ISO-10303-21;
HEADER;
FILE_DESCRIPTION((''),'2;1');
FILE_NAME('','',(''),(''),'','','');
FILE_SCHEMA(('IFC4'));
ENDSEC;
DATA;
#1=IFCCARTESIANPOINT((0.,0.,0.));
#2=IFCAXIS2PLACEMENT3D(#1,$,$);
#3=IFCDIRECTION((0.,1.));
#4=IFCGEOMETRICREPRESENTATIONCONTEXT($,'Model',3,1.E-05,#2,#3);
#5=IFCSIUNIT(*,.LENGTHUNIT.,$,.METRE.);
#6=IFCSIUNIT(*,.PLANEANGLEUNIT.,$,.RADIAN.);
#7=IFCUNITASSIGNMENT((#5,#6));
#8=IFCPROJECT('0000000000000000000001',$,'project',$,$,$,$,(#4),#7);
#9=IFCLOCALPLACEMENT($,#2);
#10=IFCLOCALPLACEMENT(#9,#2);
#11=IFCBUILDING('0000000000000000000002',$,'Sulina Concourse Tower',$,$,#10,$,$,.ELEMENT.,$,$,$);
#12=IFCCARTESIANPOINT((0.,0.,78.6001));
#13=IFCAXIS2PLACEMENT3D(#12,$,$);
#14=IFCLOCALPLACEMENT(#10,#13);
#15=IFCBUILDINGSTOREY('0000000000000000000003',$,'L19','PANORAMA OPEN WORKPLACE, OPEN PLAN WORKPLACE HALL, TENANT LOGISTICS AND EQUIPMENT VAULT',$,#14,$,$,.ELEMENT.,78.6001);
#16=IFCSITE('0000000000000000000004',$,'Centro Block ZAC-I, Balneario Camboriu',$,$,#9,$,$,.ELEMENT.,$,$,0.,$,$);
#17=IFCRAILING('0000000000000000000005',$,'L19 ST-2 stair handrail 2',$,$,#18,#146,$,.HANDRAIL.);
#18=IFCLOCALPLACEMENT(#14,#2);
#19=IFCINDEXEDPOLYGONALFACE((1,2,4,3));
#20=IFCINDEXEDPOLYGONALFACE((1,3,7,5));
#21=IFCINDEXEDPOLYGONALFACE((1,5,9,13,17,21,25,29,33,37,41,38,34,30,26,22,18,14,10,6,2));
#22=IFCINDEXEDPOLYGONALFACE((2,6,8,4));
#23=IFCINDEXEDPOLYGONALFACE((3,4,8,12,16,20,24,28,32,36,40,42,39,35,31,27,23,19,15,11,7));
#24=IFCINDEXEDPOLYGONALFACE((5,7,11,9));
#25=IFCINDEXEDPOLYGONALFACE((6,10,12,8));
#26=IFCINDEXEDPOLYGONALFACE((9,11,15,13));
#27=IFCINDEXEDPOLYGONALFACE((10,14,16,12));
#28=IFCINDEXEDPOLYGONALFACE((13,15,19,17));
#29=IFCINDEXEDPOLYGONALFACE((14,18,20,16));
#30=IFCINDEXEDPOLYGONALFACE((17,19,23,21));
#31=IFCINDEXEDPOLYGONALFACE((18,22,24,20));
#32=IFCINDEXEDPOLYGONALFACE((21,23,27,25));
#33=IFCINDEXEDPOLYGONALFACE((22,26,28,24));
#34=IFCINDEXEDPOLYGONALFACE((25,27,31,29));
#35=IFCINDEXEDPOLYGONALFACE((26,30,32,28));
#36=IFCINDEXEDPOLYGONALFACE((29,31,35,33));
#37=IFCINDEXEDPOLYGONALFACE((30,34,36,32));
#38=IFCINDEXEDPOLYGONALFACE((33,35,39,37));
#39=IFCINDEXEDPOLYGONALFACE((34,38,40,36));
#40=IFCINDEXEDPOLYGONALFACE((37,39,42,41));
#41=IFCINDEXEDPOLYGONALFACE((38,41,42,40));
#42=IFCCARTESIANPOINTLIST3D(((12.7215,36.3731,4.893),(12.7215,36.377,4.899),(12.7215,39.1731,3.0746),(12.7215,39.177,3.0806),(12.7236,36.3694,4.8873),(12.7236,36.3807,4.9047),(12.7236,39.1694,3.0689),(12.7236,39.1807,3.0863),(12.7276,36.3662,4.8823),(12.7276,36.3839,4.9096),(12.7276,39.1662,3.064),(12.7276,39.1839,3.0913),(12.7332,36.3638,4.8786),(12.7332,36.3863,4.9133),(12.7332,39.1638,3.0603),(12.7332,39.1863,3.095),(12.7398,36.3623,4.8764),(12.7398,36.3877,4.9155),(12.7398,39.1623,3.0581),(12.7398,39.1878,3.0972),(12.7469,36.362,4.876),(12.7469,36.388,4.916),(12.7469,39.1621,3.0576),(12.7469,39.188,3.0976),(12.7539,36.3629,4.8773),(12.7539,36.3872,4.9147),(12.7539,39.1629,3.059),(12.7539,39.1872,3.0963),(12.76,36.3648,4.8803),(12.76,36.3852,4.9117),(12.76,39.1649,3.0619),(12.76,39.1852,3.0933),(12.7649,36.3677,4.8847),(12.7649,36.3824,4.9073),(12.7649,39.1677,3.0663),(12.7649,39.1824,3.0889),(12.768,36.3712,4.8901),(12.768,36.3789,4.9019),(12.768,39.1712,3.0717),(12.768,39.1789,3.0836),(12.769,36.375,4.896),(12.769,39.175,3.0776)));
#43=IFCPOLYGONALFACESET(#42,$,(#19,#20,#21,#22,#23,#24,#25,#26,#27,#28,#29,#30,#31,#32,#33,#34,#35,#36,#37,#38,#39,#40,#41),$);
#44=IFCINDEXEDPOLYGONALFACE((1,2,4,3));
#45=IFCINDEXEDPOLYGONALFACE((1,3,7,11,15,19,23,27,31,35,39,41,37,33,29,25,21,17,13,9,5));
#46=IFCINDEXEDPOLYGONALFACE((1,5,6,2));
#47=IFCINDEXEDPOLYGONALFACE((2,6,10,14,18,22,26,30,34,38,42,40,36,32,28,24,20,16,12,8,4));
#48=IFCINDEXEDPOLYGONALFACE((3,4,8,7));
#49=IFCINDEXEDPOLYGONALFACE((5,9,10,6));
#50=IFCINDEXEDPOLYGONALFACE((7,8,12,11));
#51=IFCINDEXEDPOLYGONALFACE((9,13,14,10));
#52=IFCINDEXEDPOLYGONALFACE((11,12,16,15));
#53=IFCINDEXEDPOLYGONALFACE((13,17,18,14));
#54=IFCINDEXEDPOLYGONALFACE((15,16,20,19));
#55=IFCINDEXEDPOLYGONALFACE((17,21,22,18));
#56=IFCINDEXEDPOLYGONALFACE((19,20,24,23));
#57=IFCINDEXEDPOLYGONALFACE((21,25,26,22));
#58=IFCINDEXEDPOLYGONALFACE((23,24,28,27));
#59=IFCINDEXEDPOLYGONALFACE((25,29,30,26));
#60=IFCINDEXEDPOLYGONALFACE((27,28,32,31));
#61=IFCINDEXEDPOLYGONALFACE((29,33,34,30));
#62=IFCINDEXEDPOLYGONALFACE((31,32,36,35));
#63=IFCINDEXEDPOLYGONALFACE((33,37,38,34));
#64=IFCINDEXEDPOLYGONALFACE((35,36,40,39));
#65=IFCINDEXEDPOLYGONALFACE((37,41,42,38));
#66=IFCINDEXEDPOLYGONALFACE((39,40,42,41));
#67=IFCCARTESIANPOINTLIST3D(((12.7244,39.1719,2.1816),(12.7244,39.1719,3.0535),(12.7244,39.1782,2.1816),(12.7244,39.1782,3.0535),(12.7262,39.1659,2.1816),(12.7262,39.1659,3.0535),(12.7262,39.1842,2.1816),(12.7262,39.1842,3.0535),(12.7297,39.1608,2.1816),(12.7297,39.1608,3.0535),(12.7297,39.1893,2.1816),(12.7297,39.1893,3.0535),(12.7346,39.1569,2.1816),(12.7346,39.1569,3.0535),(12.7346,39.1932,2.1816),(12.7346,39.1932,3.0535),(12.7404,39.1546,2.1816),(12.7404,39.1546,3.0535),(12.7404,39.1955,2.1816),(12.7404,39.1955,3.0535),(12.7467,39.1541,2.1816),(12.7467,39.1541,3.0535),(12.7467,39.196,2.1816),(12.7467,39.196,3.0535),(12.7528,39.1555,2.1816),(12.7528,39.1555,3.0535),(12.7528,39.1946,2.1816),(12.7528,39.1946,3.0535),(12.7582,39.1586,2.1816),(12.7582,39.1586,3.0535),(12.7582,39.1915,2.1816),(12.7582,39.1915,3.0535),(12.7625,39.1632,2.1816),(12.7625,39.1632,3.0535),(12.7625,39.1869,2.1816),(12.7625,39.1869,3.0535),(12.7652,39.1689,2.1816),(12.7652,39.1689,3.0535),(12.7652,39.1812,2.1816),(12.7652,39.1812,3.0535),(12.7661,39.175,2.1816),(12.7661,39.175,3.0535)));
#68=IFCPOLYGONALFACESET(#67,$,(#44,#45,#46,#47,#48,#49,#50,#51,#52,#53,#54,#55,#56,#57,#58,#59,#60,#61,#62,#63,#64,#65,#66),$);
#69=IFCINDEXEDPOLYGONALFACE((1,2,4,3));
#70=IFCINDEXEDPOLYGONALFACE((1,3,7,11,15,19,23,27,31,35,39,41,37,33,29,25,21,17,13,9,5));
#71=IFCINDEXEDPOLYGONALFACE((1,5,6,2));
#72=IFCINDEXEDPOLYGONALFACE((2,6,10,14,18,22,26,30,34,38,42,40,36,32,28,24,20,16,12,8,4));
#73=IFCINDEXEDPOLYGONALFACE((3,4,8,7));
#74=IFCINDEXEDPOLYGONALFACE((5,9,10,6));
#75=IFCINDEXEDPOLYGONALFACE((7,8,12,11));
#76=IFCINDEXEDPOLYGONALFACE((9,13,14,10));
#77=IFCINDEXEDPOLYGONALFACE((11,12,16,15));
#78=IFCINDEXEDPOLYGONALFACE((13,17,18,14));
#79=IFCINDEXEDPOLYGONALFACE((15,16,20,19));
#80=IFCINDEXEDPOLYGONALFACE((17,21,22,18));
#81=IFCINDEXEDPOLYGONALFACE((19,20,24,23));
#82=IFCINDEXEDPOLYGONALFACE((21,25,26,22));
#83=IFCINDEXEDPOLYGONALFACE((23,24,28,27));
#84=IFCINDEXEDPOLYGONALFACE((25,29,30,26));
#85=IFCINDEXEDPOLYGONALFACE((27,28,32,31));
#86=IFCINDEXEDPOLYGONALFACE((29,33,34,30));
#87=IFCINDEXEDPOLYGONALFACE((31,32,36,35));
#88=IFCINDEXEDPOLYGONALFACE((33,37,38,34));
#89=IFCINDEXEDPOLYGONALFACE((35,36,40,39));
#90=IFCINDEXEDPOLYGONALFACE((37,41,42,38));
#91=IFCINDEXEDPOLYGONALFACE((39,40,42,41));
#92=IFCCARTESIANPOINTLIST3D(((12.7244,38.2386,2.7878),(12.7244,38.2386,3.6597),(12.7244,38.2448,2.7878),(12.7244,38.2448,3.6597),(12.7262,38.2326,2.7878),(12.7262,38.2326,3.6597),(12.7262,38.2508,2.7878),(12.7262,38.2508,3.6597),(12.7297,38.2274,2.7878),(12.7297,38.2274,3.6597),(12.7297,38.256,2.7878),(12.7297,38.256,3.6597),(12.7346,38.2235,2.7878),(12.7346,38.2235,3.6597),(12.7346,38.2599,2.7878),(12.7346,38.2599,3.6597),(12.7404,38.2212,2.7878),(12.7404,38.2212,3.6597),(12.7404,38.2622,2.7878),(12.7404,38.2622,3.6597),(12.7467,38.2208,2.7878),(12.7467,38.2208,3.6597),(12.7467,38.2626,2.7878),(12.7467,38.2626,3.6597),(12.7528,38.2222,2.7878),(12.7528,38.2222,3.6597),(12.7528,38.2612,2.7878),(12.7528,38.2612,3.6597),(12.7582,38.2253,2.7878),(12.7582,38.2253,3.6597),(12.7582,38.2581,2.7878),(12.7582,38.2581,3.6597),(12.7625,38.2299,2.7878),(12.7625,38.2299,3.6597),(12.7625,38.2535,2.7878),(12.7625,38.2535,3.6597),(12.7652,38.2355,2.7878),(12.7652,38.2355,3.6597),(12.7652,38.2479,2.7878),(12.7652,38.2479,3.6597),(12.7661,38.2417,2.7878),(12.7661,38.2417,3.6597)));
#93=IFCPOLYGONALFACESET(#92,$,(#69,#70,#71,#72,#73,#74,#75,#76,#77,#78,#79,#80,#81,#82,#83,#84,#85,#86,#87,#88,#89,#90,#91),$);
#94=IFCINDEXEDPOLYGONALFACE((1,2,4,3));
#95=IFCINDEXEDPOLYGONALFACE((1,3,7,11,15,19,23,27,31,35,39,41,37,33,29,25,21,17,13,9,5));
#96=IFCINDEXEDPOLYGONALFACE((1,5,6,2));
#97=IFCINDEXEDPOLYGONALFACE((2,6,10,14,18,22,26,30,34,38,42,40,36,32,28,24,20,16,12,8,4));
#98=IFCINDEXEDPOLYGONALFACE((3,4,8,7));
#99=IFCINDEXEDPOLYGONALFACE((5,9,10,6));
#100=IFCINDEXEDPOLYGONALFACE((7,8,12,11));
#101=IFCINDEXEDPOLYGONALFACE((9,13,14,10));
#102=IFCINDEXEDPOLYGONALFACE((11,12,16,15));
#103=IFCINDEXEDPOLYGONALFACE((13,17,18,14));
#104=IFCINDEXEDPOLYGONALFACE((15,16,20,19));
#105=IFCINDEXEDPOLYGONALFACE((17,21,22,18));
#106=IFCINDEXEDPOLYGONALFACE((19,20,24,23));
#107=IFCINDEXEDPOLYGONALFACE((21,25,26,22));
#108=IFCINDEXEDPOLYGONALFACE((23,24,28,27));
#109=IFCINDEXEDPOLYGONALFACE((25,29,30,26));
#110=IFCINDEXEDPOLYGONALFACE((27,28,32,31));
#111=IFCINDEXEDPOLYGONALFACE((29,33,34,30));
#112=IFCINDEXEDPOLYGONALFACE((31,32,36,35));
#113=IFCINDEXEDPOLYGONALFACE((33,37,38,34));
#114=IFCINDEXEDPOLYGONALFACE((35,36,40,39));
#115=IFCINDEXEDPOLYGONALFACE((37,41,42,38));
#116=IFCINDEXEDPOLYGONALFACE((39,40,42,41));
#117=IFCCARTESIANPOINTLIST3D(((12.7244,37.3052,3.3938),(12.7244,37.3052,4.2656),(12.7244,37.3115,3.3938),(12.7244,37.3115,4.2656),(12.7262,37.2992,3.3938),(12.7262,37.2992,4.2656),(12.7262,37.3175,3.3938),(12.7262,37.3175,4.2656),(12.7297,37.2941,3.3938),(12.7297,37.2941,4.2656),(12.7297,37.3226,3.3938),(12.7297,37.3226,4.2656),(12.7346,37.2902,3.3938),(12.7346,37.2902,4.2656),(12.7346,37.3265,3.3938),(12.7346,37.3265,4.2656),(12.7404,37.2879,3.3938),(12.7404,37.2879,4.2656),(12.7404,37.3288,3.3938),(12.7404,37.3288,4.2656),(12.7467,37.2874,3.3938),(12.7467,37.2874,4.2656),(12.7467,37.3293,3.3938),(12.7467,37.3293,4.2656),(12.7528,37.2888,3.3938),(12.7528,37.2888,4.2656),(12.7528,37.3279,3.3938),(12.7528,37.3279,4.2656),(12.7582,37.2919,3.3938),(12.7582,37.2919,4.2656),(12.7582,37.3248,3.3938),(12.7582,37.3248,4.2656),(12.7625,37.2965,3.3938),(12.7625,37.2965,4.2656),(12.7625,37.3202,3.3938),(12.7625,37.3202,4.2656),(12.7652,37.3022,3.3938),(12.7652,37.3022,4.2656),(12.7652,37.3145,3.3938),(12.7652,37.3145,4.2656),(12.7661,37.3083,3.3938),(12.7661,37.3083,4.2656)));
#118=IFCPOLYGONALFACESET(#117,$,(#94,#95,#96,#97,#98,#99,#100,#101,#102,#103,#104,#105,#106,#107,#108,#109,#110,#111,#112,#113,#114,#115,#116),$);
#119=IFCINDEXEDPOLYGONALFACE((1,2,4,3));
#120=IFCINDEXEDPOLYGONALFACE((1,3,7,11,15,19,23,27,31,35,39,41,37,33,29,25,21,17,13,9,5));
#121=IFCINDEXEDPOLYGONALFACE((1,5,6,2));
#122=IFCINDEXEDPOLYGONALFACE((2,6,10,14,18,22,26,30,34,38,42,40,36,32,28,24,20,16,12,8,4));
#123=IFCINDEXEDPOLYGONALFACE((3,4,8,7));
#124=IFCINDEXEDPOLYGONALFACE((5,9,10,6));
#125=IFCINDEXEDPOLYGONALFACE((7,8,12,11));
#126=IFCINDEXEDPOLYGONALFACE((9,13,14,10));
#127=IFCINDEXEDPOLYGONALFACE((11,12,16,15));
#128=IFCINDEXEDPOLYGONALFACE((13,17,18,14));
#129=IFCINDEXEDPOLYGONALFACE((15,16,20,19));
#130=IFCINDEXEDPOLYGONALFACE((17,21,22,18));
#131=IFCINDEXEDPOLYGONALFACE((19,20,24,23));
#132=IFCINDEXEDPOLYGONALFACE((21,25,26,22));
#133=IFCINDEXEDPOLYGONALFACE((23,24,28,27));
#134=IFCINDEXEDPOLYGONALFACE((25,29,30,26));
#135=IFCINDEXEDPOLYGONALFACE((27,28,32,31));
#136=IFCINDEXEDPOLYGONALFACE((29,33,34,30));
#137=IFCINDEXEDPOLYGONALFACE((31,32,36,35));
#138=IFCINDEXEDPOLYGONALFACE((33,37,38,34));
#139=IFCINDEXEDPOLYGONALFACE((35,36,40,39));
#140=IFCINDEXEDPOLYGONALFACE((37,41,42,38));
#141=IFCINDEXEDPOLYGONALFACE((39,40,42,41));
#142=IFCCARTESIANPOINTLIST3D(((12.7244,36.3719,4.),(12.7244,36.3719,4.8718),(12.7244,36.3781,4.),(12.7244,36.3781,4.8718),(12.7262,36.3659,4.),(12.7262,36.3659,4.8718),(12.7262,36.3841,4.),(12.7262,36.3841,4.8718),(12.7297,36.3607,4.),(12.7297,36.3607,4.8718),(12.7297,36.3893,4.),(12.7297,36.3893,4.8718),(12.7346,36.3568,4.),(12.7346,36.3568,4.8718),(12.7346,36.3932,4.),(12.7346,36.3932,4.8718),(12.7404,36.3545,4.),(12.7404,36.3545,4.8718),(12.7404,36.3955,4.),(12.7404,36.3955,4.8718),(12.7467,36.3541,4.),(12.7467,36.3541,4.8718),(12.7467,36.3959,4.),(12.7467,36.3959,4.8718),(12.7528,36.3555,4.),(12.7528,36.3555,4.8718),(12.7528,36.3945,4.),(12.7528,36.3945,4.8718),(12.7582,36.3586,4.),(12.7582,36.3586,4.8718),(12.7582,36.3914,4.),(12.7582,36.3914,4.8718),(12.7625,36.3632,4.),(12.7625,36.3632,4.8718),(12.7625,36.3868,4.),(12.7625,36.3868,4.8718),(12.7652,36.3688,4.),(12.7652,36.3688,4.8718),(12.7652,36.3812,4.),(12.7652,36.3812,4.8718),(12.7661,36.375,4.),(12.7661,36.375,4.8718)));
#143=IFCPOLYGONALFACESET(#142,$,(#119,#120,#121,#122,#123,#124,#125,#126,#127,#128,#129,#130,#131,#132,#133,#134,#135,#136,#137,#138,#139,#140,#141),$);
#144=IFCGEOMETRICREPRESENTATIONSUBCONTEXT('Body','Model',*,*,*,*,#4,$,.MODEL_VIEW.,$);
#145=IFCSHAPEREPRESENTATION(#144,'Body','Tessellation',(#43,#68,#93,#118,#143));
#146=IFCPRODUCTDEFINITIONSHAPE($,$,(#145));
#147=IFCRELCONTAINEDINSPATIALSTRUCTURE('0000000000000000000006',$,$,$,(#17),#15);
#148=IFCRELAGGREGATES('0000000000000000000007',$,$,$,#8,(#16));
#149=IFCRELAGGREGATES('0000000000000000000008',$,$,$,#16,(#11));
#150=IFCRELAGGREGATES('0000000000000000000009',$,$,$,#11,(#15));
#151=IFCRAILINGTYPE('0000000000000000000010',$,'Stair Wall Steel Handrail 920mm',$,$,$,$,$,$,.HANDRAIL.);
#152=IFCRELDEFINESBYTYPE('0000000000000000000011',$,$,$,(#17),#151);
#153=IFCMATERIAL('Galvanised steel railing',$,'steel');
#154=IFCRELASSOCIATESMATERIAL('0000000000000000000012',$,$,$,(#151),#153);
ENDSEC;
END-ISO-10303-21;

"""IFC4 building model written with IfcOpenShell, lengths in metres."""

from ifc_helpers import new_model, si_unit, direction, frame, origin, origin_2d, place, context, subcontext, project, spatial, circle, extrude, material, type_object, element, save


model = new_model("IFC4")

# Units and contexts
model_context = context("Model", 3, precision=1e-05, world=origin(), true_north=direction((0.0, 1.0)))
body_context = subcontext(model_context, "Body", "Model", "MODEL_VIEW")
ifc_project = project(units=[si_unit("LENGTHUNIT", "METRE"), si_unit("PLANEANGLEUNIT", "RADIAN")], contexts=[model_context])

# Site, building, storey
site_placement = place(None, origin())
site = spatial("IfcSite", under=ifc_project, at=site_placement, Name="Centro Block ZAC-I, Balneario Camboriu", CompositionType="ELEMENT", RefElevation=0.0)
building_placement = place(site_placement, origin())
building = spatial("IfcBuilding", under=site, at=building_placement, Name="Sulina Concourse Tower", CompositionType="ELEMENT")
storey_placement = place(building_placement, frame((0.0, 0.0, 78.6001)))
storey = spatial("IfcBuildingStorey", under=building, at=storey_placement, Name="L19", Description="PANORAMA OPEN WORKPLACE, OPEN PLAN WORKPLACE HALL, TENANT LOGISTICS AND EQUIPMENT VAULT", CompositionType="ELEMENT", Elevation=78.6001)

# Railing
ifc_material_1 = material(Name="Galvanised steel railing", Category="steel")
railing_type_1 = type_object("IfcRailingType", Name="Stair Wall Steel Handrail 920mm", PredefinedType="HANDRAIL", material=ifc_material_1)
railing_1_placement = place(storey_placement, frame((12.7451, 39.175, 2.1816)))
element("IfcRailing", 1, at=railing_1_placement, inside=storey, type_object=railing_type_1, Name="L19 ST-2 stair handrail 2", PredefinedType="HANDRAIL", context=body_context, shape_type="SweptSolid", body=[
    extrude(circle(Radius=0.0239, at=origin_2d()), frame((0.0, 0.0, 0.896), z_axis=(0.0, -0.838672, 0.544636), x_axis=(1.0, 0.0, 0.0)), (0.0, 0.0, 1.0), 3.3386),
    extrude(circle(Radius=0.021, at=origin_2d()), origin(), (0.0, 0.0, 1.0), 0.8718),
    extrude(circle(Radius=0.021, at=origin_2d()), frame((0.0, -0.9333, 0.6062)), (0.0, 0.0, 1.0), 0.8718),
    extrude(circle(Radius=0.021, at=origin_2d()), frame((0.0, -1.8667, 1.2122)), (0.0, 0.0, 1.0), 0.8718),
    extrude(circle(Radius=0.021, at=origin_2d()), frame((0.0, -2.8, 1.8184)), (0.0, 0.0, 1.0), 0.8718),
])

save(model, "model.ifc")
